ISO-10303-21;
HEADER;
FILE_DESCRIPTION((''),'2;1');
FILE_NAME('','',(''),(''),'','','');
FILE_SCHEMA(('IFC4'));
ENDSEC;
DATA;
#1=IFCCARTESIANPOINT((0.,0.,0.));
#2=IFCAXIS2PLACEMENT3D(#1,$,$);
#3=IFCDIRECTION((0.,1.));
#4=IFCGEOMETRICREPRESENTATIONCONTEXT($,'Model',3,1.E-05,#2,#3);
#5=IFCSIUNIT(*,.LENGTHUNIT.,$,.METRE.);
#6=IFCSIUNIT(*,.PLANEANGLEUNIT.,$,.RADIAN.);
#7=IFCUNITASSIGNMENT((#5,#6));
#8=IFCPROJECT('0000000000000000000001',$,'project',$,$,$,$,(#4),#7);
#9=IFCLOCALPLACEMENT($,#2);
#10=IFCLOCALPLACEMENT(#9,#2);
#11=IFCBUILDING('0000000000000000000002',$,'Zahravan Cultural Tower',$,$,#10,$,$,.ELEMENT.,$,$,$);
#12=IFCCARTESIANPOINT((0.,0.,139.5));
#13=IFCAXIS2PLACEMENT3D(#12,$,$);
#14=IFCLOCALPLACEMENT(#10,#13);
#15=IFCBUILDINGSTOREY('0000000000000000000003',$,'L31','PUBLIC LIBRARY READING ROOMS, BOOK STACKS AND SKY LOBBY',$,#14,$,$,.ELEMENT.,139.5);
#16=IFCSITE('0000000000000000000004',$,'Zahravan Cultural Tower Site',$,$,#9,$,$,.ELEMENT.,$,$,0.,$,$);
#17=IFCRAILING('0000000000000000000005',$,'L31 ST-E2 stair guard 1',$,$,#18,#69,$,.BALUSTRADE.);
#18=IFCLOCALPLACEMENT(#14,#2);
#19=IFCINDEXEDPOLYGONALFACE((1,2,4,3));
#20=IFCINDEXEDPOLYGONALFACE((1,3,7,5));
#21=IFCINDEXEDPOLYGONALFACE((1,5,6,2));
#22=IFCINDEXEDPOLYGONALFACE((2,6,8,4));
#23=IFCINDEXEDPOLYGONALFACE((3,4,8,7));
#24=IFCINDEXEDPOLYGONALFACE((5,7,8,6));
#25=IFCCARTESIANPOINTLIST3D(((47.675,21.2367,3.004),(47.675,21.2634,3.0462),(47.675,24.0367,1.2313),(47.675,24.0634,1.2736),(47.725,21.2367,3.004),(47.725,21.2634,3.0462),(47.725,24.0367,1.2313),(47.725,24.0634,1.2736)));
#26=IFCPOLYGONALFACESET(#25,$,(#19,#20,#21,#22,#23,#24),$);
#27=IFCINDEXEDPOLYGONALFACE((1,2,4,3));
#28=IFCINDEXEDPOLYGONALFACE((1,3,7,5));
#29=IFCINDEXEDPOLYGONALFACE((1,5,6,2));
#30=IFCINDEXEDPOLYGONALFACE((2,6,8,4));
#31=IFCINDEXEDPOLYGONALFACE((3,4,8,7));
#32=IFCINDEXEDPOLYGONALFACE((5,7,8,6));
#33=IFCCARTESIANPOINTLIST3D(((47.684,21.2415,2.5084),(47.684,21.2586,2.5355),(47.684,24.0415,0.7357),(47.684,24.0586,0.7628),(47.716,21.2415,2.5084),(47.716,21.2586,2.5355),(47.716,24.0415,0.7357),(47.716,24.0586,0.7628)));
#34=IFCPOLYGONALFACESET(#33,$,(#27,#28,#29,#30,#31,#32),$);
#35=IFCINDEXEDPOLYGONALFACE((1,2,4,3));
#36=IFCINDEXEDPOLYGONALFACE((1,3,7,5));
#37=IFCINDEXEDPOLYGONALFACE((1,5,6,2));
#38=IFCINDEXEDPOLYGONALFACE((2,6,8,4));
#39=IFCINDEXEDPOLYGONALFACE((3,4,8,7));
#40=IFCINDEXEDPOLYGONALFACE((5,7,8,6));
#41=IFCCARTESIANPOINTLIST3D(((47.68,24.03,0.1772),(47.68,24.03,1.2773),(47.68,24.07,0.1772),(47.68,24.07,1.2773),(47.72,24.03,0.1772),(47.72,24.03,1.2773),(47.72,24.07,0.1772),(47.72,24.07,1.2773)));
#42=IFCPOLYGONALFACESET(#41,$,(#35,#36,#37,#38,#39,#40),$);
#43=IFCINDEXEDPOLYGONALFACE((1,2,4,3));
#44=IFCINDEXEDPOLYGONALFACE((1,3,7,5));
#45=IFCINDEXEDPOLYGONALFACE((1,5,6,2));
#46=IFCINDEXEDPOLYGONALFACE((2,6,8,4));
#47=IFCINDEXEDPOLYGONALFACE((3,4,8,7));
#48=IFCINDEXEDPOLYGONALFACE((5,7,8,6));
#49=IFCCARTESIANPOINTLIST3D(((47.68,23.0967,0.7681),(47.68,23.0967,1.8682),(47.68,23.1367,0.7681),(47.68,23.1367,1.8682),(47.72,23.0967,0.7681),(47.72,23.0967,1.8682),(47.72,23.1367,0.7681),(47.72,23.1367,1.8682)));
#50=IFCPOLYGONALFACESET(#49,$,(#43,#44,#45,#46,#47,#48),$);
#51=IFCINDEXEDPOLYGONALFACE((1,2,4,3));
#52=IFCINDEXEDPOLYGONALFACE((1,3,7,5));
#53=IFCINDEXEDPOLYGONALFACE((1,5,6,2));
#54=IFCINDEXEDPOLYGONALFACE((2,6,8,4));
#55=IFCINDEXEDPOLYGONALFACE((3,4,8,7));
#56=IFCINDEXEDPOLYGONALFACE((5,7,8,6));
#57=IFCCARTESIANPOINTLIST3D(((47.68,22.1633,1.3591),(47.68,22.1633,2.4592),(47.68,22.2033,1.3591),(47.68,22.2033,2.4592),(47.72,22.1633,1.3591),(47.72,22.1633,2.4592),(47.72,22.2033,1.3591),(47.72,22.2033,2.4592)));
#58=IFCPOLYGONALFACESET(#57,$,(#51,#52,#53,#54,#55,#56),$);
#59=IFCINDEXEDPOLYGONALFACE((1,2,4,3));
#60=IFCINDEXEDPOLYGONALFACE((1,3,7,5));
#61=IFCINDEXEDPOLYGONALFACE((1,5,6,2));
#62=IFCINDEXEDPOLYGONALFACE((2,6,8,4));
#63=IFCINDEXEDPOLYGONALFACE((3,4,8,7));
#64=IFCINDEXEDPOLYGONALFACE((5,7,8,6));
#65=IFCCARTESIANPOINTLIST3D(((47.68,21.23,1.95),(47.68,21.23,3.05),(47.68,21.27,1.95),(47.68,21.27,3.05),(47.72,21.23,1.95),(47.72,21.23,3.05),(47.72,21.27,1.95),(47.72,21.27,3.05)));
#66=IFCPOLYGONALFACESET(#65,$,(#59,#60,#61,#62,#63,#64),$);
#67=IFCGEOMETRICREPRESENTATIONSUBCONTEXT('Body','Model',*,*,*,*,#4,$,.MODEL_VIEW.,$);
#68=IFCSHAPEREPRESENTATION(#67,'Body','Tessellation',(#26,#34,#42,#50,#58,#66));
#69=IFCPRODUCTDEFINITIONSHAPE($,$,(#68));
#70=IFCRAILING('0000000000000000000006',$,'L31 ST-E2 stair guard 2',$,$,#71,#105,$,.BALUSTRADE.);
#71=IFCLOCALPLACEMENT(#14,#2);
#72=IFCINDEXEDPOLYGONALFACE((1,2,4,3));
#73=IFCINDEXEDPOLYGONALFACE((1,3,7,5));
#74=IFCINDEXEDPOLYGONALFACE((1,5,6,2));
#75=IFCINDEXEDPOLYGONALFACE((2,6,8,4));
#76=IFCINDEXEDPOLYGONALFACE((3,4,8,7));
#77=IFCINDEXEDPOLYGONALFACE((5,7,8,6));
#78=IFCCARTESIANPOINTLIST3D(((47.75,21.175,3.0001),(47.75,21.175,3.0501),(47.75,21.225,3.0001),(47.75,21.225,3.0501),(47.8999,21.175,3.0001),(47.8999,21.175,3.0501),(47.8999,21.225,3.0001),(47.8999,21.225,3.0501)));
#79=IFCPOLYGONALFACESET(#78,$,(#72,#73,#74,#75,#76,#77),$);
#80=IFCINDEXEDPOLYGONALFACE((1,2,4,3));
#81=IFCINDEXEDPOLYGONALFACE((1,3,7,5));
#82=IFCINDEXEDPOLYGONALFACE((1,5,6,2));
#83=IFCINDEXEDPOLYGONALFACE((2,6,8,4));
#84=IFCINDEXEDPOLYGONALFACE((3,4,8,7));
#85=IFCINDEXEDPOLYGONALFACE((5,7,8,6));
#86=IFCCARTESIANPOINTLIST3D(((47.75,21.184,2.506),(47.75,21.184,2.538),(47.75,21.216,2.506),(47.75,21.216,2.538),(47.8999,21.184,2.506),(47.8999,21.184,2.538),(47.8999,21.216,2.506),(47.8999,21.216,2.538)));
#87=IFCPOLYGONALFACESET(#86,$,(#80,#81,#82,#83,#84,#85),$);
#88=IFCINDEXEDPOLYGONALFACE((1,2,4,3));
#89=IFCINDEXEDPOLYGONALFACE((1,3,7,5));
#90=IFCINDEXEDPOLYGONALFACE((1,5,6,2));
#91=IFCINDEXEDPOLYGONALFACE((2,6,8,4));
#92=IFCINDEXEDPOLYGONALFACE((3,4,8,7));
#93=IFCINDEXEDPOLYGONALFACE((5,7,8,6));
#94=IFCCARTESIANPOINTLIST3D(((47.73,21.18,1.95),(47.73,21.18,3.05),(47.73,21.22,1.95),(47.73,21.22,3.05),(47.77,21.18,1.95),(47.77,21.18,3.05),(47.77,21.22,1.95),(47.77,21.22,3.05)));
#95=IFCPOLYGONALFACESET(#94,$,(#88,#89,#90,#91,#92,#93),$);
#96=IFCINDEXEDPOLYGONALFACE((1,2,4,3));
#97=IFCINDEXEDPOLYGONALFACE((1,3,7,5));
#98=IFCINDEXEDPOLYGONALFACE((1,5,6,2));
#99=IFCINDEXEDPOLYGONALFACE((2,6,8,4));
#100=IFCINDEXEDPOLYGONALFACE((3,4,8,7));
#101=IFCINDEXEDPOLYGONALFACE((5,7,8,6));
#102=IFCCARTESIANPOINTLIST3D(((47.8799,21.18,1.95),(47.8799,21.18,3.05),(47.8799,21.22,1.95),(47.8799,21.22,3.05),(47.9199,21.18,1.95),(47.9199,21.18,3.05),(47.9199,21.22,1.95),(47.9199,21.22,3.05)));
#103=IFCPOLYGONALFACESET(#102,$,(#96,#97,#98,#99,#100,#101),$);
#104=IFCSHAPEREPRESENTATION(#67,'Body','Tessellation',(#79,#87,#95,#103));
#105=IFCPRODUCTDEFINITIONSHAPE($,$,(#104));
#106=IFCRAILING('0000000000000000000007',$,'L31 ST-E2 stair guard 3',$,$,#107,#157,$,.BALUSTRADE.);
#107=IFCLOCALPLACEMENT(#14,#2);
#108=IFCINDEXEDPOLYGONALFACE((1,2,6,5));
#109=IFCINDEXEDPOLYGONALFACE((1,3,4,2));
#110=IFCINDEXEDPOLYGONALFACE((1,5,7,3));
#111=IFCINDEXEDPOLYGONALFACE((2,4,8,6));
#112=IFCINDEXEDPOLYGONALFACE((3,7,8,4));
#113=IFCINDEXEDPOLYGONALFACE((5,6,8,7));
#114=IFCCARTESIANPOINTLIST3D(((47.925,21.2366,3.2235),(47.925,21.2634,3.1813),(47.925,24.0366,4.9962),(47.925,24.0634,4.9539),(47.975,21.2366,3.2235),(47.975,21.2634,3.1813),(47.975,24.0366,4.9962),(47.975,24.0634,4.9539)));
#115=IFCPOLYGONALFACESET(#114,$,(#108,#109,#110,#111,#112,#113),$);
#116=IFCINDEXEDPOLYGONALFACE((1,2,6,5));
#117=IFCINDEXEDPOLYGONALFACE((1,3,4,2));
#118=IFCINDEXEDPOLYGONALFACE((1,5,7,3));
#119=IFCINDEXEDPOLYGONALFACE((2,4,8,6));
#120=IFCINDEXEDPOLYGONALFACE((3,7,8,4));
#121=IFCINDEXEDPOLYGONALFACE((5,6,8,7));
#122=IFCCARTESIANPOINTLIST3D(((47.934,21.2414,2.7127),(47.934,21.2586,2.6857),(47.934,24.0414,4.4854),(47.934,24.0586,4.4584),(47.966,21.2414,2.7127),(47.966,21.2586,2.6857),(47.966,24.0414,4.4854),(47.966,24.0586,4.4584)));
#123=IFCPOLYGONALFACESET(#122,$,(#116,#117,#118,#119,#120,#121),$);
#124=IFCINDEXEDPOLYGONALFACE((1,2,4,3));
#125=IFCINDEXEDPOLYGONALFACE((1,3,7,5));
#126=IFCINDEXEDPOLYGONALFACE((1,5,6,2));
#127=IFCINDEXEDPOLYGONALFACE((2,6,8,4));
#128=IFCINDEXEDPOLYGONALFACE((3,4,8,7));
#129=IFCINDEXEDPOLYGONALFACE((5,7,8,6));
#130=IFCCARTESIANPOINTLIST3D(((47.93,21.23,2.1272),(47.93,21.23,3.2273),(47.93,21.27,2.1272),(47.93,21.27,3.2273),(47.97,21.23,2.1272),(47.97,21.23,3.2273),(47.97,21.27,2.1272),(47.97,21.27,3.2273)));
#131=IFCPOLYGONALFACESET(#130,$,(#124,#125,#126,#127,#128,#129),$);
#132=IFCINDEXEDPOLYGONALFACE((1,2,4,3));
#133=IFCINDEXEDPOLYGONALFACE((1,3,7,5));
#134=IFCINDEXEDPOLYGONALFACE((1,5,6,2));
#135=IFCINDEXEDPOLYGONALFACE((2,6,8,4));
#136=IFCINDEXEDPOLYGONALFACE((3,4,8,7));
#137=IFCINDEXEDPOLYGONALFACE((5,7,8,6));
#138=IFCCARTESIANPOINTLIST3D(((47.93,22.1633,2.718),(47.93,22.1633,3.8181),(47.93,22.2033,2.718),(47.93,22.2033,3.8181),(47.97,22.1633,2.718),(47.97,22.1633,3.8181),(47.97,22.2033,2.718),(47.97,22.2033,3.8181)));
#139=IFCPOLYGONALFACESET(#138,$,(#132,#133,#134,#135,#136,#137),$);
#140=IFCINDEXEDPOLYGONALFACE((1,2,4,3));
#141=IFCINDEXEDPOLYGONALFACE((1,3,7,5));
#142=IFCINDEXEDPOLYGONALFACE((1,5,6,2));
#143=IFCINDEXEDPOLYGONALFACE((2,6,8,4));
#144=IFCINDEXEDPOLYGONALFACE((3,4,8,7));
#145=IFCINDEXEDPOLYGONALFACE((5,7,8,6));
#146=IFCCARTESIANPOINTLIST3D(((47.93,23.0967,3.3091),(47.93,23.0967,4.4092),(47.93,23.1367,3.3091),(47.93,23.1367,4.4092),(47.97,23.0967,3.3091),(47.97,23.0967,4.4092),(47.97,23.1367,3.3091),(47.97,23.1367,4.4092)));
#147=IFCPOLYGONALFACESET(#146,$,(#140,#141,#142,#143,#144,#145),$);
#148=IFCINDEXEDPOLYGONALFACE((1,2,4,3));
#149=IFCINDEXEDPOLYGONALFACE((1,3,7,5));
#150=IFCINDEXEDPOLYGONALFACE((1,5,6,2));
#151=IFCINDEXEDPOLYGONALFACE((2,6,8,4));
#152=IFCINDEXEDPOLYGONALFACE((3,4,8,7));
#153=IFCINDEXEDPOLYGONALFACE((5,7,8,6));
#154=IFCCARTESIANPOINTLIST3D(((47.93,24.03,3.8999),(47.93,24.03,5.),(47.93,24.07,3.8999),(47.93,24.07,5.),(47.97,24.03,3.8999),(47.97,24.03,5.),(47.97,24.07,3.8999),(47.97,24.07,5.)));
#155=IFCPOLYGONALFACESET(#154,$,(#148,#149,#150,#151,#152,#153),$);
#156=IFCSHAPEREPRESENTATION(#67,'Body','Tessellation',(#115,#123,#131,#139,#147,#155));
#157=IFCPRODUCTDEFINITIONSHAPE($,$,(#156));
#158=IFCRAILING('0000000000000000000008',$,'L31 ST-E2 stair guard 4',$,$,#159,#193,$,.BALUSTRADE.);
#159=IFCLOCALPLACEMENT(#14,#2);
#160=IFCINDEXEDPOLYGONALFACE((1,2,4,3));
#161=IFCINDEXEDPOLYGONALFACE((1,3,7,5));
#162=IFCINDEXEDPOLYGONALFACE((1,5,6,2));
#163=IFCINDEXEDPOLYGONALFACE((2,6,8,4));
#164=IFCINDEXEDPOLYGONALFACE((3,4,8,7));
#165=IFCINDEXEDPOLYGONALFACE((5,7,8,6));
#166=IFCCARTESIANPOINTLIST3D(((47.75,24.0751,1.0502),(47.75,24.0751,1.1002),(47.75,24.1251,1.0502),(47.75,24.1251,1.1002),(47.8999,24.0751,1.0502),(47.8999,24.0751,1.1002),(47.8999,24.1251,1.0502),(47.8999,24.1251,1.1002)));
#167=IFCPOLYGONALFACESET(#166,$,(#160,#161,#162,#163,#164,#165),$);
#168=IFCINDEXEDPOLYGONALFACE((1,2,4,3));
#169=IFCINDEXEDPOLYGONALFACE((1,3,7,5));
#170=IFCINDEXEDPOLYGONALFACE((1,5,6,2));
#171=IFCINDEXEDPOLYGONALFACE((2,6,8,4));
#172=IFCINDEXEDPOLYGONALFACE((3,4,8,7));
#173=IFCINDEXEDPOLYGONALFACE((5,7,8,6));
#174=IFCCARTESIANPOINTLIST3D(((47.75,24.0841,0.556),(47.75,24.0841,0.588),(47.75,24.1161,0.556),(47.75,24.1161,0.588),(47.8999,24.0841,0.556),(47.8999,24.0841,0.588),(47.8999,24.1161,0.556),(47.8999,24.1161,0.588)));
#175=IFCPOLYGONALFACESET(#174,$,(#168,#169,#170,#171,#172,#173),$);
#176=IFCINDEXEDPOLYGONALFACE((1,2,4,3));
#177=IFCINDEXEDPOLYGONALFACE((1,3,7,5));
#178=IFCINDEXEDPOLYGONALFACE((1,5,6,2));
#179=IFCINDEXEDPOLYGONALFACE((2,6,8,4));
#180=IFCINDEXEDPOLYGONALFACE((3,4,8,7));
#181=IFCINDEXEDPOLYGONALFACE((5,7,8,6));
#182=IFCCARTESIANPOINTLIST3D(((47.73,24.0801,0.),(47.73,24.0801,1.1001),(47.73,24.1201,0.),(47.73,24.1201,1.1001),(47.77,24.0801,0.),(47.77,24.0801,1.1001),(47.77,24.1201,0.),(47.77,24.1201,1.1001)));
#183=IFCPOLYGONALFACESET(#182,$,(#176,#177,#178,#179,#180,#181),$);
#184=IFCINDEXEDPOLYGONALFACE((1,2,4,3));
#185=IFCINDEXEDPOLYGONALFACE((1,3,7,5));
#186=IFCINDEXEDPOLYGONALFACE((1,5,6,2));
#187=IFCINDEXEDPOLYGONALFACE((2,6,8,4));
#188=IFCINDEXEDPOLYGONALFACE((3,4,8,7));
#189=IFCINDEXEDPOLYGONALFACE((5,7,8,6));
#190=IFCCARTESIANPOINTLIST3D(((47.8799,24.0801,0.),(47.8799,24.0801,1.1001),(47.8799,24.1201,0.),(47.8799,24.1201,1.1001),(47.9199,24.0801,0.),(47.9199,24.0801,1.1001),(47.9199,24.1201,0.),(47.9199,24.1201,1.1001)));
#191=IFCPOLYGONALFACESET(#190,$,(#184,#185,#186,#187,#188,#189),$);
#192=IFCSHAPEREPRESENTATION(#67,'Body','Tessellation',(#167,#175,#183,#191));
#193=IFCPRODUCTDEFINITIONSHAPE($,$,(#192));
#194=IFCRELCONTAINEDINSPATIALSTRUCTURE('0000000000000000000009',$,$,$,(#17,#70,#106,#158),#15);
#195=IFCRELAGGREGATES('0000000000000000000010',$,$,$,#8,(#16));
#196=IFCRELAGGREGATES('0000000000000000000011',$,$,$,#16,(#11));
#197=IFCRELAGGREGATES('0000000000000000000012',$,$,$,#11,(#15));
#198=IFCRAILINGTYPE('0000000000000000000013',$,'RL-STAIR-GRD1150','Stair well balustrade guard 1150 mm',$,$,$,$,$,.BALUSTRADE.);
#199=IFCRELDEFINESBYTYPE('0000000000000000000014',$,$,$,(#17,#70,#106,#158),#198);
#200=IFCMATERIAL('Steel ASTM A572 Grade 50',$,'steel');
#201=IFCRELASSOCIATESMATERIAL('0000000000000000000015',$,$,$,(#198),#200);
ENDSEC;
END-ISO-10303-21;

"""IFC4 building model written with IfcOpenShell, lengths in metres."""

from ifc_helpers import new_model, si_unit, direction, frame, origin, origin_2d, place, context, subcontext, project, spatial, rectangle, extrude, material, type_object, element, save


model = new_model("IFC4")

# Units and contexts
model_context = context("Model", 3, precision=1e-05, world=origin(), true_north=direction((0.0, 1.0)))
body_context = subcontext(model_context, "Body", "Model", "MODEL_VIEW")
ifc_project = project(units=[si_unit("LENGTHUNIT", "METRE"), si_unit("PLANEANGLEUNIT", "RADIAN")], contexts=[model_context])

# Site, building, storey
site_placement = place(None, origin())
site = spatial("IfcSite", under=ifc_project, at=site_placement, Name="Zahravan Cultural Tower Site", CompositionType="ELEMENT", RefElevation=0.0)
building_placement = place(site_placement, origin())
building = spatial("IfcBuilding", under=site, at=building_placement, Name="Zahravan Cultural Tower", CompositionType="ELEMENT")
storey_placement = place(building_placement, frame((0.0, 0.0, 139.5)))
storey = spatial("IfcBuildingStorey", under=building, at=storey_placement, Name="L31", Description="PUBLIC LIBRARY READING ROOMS, BOOK STACKS AND SKY LOBBY", CompositionType="ELEMENT", Elevation=139.5)

# Railings
ifc_material_1 = material(Name="Steel ASTM A572 Grade 50", Category="steel")
railing_type_1 = type_object("IfcRailingType", Name="RL-STAIR-GRD1150", Description="Stair well balustrade guard 1150 mm", PredefinedType="BALUSTRADE", material=ifc_material_1)
railing_1_placement = place(storey_placement, frame((47.7, 24.05, 0.1772)))
element("IfcRailing", 1, at=railing_1_placement, inside=storey, type_object=railing_type_1, Name="L31 ST-E2 stair guard 1", PredefinedType="BALUSTRADE", context=body_context, shape_type="SweptSolid", body=[
    extrude(rectangle(XDim=0.05, YDim=0.05, at=origin_2d()), frame((0.0, 0.0, 1.0752), z_axis=(0.0, -0.844909, 0.53491), x_axis=(1.0, 0.0, 0.0)), (0.0, 0.0, 1.0), 3.314),
    extrude(rectangle(XDim=0.032, YDim=0.032, at=origin_2d()), frame((0.0, 0.0, 0.572), z_axis=(0.0, -0.844909, 0.53491), x_axis=(1.0, 0.0, 0.0)), (0.0, 0.0, 1.0), 3.314),
    extrude(rectangle(XDim=0.04, YDim=0.04, at=origin_2d()), origin(), (0.0, 0.0, 1.0), 1.1001),
    extrude(rectangle(XDim=0.04, YDim=0.04, at=origin_2d()), frame((0.0, -0.9333, 0.5908)), (0.0, 0.0, 1.0), 1.1001),
    extrude(rectangle(XDim=0.04, YDim=0.04, at=origin_2d()), frame((0.0, -1.8667, 1.1819)), (0.0, 0.0, 1.0), 1.1001),
    extrude(rectangle(XDim=0.04, YDim=0.04, at=origin_2d()), frame((0.0, -2.8, 1.7727)), (0.0, 0.0, 1.0), 1.1001),
])
railing_2_placement = place(storey_placement, frame((47.75, 21.2, 1.95)))
element("IfcRailing", 2, at=railing_2_placement, inside=storey, type_object=railing_type_1, Name="L31 ST-E2 stair guard 2", PredefinedType="BALUSTRADE", context=body_context, shape_type="SweptSolid", body=[
    extrude(rectangle(XDim=0.05, YDim=0.05, at=origin_2d()), frame((0.0, 0.0, 1.0752), z_axis=(1.0, 0.0, 0.0), x_axis=(0.0, 1.0, 0.0)), (0.0, 0.0, 1.0), 0.1499),
    extrude(rectangle(XDim=0.032, YDim=0.032, at=origin_2d()), frame((0.0, 0.0, 0.572), z_axis=(1.0, 0.0, 0.0), x_axis=(0.0, 1.0, 0.0)), (0.0, 0.0, 1.0), 0.1499),
    extrude(rectangle(XDim=0.04, YDim=0.04, at=origin_2d()), origin(), (0.0, 0.0, 1.0), 1.1001),
    extrude(rectangle(XDim=0.04, YDim=0.04, at=origin_2d()), frame((0.1499, 0.0, 0.0)), (0.0, 0.0, 1.0), 1.1001),
])
railing_3_placement = place(storey_placement, frame((47.95, 21.25, 2.1272)))
element("IfcRailing", 3, at=railing_3_placement, inside=storey, type_object=railing_type_1, Name="L31 ST-E2 stair guard 3", PredefinedType="BALUSTRADE", context=body_context, shape_type="SweptSolid", body=[
    extrude(rectangle(XDim=0.05, YDim=0.05, at=origin_2d()), frame((0.0, 0.0, 1.0752), z_axis=(0.0, 0.844909, 0.53491), x_axis=(-1.0, 0.0, 0.0)), (0.0, 0.0, 1.0), 3.314),
    extrude(rectangle(XDim=0.032, YDim=0.032, at=origin_2d()), frame((0.0, 0.0, 0.572), z_axis=(0.0, 0.844909, 0.53491), x_axis=(-1.0, 0.0, 0.0)), (0.0, 0.0, 1.0), 3.314),
    extrude(rectangle(XDim=0.04, YDim=0.04, at=origin_2d()), origin(), (0.0, 0.0, 1.0), 1.1001),
    extrude(rectangle(XDim=0.04, YDim=0.04, at=origin_2d()), frame((0.0, 0.9333, 0.5908)), (0.0, 0.0, 1.0), 1.1001),
    extrude(rectangle(XDim=0.04, YDim=0.04, at=origin_2d()), frame((0.0, 1.8667, 1.1819)), (0.0, 0.0, 1.0), 1.1001),
    extrude(rectangle(XDim=0.04, YDim=0.04, at=origin_2d()), frame((0.0, 2.8, 1.7727)), (0.0, 0.0, 1.0), 1.1001),
])
railing_4_placement = place(storey_placement, frame((47.75, 24.1001, 0.0)))
element("IfcRailing", 4, at=railing_4_placement, inside=storey, type_object=railing_type_1, Name="L31 ST-E2 stair guard 4", PredefinedType="BALUSTRADE", context=body_context, shape_type="SweptSolid", body=[
    extrude(rectangle(XDim=0.05, YDim=0.05, at=origin_2d()), frame((0.0, 0.0, 1.0752), z_axis=(1.0, 0.0, 0.0), x_axis=(0.0, 1.0, 0.0)), (0.0, 0.0, 1.0), 0.1499),
    extrude(rectangle(XDim=0.032, YDim=0.032, at=origin_2d()), frame((0.0, 0.0, 0.572), z_axis=(1.0, 0.0, 0.0), x_axis=(0.0, 1.0, 0.0)), (0.0, 0.0, 1.0), 0.1499),
    extrude(rectangle(XDim=0.04, YDim=0.04, at=origin_2d()), origin(), (0.0, 0.0, 1.0), 1.1001),
    extrude(rectangle(XDim=0.04, YDim=0.04, at=origin_2d()), frame((0.1499, 0.0, 0.0)), (0.0, 0.0, 1.0), 1.1001),
])

save(model, "model.ifc")
